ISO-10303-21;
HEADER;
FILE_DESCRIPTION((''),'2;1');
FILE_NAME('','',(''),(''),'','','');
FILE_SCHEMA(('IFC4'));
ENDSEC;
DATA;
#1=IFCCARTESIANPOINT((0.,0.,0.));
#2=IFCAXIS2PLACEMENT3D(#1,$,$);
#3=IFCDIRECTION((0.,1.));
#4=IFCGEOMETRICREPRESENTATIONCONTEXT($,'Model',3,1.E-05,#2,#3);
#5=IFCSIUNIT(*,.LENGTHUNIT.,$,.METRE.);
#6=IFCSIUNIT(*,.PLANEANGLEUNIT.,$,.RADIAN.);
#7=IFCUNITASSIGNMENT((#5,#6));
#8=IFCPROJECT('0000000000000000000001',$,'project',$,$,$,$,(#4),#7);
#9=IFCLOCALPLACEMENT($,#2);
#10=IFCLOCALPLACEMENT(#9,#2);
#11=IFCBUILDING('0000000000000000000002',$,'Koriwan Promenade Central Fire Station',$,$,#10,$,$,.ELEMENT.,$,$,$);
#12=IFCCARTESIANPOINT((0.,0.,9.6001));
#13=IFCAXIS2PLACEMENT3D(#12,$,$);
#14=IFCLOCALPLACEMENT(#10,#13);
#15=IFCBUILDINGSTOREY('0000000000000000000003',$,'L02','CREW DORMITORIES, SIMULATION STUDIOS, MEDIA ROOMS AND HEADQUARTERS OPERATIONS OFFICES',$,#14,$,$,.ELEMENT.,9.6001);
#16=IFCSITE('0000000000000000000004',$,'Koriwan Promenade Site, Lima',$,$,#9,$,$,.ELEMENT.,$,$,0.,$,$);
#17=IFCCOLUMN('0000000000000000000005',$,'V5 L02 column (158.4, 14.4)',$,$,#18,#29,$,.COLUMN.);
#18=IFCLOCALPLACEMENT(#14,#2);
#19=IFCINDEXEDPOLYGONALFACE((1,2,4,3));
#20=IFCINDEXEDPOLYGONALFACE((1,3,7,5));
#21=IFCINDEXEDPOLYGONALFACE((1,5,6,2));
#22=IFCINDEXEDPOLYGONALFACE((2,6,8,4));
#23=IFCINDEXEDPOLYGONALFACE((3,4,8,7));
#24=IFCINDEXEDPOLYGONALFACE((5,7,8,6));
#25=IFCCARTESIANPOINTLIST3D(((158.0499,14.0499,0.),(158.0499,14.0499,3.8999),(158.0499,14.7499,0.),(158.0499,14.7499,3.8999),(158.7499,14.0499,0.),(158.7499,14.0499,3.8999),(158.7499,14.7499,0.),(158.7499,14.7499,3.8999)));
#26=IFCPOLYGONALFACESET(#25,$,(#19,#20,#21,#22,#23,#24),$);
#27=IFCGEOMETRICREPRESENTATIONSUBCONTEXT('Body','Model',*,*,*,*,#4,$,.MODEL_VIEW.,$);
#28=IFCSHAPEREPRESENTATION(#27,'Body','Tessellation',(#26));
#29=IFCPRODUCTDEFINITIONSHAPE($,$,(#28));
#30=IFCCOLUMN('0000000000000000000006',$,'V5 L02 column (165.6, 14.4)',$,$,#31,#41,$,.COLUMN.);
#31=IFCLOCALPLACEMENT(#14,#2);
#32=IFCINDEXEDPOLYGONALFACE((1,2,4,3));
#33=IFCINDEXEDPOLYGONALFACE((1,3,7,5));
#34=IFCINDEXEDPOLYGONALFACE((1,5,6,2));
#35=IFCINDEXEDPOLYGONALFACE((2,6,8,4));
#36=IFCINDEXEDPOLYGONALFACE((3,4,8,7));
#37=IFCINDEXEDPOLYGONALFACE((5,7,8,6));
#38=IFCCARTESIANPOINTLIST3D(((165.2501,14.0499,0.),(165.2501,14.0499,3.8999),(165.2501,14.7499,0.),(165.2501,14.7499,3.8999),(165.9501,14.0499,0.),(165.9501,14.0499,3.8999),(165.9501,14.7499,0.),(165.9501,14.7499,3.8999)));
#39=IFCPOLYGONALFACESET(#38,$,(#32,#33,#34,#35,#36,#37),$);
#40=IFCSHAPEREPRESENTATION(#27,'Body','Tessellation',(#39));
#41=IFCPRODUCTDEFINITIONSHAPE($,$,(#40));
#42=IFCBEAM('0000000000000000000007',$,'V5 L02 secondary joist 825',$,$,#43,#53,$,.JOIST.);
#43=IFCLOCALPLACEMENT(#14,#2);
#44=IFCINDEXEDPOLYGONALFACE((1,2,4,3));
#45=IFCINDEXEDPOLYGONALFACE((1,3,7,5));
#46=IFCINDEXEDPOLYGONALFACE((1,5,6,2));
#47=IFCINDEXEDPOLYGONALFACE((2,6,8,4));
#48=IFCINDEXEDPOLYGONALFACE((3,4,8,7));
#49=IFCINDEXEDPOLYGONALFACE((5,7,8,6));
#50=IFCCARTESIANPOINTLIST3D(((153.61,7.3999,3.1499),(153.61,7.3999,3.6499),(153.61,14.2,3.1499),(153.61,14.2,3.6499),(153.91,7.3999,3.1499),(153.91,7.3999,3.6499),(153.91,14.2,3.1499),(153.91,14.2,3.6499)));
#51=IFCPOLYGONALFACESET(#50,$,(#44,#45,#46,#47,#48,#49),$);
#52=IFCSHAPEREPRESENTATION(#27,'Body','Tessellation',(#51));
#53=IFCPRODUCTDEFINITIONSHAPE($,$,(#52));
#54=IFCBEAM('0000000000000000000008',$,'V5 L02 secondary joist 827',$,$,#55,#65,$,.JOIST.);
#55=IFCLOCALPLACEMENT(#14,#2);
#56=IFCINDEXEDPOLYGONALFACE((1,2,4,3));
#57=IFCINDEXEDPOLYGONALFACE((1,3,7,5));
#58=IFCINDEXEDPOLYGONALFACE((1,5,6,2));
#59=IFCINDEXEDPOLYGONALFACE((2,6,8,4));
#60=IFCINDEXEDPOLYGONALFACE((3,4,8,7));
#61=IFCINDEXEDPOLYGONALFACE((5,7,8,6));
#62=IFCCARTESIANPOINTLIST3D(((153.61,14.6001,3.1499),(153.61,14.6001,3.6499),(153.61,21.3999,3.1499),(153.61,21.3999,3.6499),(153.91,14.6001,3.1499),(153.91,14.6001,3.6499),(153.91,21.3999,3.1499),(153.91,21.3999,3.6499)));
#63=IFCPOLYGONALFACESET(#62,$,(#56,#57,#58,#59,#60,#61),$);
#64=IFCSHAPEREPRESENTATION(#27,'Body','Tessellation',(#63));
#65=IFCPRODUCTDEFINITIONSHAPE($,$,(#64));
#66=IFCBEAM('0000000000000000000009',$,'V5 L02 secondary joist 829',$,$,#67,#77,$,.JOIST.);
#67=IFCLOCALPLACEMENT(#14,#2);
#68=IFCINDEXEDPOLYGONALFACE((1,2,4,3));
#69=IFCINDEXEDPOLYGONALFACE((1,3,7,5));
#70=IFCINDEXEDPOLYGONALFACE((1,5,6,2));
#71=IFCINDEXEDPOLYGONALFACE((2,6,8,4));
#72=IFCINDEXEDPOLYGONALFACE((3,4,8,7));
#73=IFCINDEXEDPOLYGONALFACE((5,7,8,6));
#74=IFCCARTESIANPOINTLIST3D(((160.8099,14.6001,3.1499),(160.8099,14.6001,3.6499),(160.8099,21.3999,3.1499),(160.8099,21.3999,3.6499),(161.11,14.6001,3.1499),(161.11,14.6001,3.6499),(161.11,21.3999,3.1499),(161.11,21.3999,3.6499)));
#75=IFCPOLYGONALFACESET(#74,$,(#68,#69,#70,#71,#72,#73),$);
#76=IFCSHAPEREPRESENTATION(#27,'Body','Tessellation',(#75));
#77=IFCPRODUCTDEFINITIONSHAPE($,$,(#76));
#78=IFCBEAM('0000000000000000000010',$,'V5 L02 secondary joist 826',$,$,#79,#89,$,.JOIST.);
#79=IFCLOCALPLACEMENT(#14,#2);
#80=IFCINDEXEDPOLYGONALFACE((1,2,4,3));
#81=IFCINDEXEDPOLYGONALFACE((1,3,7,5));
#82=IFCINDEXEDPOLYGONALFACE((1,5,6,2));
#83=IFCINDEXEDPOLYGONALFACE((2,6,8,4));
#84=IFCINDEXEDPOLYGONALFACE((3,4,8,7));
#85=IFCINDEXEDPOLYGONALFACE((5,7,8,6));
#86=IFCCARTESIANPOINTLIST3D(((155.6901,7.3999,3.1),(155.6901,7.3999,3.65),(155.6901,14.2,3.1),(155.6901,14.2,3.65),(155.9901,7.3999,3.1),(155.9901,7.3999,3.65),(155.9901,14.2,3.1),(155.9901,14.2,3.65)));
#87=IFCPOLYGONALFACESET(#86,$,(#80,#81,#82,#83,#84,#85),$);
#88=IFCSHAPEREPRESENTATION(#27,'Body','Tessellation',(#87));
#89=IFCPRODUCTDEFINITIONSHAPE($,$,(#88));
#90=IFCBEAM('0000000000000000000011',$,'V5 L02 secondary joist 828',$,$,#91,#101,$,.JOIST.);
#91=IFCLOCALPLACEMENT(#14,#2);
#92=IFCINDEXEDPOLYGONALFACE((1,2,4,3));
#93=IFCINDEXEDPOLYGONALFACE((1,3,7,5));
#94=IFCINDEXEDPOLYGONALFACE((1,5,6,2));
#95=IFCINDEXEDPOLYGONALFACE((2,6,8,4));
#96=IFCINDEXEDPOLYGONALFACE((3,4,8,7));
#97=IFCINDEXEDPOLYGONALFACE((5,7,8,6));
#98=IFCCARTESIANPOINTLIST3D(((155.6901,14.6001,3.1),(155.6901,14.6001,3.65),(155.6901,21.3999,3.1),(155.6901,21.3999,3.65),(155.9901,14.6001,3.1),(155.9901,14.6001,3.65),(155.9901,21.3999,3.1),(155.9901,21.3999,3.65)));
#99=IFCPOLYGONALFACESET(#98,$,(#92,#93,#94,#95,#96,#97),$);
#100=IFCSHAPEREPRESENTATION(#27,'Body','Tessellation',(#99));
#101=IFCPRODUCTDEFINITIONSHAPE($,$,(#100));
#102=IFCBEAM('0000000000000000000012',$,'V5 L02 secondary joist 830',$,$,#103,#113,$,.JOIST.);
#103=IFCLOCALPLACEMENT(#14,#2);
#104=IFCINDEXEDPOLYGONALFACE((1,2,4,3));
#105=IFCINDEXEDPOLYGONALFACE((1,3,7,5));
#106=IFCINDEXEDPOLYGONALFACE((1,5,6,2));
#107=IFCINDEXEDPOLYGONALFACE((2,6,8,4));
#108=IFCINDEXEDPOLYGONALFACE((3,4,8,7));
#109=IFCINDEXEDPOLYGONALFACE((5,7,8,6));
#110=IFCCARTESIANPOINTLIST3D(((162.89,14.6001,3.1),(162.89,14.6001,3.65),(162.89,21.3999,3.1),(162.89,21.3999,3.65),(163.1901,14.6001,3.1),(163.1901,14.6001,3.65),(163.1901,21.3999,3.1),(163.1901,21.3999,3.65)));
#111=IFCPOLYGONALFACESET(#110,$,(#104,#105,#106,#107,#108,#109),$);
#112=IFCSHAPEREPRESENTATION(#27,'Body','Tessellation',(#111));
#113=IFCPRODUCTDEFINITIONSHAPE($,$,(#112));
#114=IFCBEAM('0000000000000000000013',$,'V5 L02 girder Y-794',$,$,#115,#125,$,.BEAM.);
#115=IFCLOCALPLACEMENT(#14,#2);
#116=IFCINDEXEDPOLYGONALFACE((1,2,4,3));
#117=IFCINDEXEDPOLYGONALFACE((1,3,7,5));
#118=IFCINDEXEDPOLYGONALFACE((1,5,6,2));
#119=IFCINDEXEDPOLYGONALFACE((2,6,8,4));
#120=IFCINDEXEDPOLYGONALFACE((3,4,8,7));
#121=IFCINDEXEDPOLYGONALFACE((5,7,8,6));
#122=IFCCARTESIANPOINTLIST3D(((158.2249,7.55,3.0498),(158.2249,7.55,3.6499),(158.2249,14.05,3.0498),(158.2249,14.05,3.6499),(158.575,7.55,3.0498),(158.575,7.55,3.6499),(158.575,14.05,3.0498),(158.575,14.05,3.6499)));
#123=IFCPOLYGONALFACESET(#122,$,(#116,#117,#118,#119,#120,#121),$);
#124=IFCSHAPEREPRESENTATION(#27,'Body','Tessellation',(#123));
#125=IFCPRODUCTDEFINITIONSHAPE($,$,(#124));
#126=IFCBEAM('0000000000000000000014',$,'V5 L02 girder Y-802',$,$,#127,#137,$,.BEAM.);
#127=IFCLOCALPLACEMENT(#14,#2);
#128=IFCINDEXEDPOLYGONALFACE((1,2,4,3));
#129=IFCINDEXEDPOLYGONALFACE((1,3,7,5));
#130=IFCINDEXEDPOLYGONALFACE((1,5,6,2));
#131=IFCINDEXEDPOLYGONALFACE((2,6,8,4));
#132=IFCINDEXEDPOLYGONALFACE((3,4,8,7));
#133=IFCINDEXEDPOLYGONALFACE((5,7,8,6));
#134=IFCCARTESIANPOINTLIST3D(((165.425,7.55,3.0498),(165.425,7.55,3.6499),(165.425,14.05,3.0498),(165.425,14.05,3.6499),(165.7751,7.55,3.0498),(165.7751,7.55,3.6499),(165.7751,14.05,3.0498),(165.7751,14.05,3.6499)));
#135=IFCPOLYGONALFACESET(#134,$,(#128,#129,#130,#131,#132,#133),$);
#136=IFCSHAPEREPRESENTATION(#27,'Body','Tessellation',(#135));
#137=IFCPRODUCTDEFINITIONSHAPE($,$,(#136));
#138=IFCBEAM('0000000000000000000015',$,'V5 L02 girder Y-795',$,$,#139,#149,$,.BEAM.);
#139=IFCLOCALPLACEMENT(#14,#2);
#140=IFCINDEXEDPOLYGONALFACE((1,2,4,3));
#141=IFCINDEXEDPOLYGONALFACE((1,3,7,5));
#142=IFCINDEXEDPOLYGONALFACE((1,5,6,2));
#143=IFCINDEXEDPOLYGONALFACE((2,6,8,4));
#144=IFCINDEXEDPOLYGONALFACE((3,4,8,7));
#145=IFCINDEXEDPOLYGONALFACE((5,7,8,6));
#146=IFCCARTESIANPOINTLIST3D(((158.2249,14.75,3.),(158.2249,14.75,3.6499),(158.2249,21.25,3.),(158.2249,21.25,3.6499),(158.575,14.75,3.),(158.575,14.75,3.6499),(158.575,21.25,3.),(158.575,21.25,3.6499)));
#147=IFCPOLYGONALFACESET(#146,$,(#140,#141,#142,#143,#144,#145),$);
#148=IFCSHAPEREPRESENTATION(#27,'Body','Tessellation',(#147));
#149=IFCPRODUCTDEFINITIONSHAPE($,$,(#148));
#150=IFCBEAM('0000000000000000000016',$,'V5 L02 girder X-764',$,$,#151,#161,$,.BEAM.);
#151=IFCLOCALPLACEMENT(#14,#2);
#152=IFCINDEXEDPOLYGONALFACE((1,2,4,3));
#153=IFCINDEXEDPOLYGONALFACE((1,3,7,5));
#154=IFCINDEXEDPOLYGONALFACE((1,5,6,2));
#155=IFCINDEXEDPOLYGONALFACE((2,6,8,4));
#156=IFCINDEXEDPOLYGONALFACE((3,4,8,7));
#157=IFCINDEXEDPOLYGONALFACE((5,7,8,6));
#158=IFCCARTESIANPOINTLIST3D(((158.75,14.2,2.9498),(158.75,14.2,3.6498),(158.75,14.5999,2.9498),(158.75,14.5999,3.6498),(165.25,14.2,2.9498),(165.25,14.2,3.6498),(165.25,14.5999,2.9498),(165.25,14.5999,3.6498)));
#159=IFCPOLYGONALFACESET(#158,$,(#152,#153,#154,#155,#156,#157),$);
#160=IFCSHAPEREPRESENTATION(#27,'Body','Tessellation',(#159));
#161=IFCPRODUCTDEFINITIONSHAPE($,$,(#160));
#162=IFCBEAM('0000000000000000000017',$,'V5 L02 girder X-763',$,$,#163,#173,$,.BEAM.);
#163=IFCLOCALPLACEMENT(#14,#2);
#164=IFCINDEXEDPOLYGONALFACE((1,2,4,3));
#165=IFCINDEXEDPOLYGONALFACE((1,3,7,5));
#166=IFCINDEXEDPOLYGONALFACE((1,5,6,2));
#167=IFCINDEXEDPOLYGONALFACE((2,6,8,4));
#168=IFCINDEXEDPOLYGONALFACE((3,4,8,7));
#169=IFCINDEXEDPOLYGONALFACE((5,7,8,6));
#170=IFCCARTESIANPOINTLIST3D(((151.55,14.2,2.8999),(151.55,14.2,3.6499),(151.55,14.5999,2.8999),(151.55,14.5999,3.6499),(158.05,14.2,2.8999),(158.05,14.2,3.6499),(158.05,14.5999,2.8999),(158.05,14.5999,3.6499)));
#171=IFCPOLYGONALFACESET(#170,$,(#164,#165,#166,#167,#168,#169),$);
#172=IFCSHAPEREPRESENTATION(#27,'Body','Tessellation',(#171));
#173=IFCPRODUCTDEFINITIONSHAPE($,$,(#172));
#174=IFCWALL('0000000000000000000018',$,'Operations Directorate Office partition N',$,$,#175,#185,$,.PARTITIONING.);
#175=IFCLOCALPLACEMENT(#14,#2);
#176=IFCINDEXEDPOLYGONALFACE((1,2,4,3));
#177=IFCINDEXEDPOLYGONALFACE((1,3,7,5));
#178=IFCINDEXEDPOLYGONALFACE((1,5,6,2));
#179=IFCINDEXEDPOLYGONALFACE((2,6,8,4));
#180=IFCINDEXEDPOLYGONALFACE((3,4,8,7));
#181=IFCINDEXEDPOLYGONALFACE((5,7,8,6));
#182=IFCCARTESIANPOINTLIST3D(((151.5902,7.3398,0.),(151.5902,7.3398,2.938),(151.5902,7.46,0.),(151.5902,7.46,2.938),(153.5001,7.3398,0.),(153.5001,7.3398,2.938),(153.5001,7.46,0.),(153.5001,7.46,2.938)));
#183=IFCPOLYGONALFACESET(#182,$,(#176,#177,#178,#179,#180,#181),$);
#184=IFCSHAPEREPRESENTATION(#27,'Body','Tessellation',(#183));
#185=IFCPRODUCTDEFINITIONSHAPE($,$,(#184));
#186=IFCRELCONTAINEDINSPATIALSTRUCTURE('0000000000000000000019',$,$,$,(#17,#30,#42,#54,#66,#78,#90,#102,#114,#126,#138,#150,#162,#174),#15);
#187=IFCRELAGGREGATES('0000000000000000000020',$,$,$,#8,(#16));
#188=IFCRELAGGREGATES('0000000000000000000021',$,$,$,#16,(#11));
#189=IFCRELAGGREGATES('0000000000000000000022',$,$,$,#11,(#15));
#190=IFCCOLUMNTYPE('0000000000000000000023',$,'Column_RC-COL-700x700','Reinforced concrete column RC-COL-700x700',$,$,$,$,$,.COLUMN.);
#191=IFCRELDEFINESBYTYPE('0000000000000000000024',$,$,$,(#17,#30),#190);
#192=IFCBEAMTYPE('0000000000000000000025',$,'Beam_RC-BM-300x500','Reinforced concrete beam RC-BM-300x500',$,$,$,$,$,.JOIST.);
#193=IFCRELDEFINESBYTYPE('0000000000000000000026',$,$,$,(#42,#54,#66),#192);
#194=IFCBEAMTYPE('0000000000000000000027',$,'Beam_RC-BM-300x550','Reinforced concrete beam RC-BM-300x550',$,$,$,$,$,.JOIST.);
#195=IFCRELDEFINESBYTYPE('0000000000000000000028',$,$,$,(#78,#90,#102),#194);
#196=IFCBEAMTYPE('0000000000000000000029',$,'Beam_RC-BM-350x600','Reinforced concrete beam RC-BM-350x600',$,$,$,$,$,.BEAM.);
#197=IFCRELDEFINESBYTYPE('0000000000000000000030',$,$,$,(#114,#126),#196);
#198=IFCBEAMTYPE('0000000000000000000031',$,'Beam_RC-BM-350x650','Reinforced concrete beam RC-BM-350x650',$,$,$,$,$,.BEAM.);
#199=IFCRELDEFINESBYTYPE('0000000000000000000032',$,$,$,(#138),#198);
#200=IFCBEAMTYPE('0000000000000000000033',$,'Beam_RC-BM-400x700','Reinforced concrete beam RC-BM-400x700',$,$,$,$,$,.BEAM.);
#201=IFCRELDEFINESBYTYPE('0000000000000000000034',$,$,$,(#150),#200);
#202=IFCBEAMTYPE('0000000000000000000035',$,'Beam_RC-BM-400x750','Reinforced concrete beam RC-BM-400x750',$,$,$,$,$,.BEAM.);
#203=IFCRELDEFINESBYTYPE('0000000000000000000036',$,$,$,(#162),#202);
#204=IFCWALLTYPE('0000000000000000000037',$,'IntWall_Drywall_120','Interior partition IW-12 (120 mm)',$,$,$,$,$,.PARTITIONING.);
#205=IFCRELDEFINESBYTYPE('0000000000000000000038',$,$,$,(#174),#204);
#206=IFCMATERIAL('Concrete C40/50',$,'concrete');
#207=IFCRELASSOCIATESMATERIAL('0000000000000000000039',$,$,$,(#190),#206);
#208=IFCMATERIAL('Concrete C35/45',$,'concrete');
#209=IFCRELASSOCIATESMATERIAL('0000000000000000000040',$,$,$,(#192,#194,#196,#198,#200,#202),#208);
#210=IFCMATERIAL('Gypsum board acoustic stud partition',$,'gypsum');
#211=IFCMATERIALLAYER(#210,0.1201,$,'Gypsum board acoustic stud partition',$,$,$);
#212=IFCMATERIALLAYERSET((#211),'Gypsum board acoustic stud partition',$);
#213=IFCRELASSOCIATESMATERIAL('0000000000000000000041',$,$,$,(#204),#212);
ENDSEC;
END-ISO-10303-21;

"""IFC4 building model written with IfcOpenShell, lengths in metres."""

from ifc_helpers import new_model, si_unit, direction, frame, frame_2d, origin, origin_2d, place, context, subcontext, project, spatial, rectangle, extrude, material, layer, layer_set, material_profile, profile_set, type_object, element, save


model = new_model("IFC4")

# Units and contexts
model_context = context("Model", 3, precision=1e-05, world=origin(), true_north=direction((0.0, 1.0)))
body_context = subcontext(model_context, "Body", "Model", "MODEL_VIEW")
ifc_project = project(units=[si_unit("LENGTHUNIT", "METRE"), si_unit("PLANEANGLEUNIT", "RADIAN")], contexts=[model_context])

# Site, building, storey
site_placement = place(None, origin())
site = spatial("IfcSite", under=ifc_project, at=site_placement, Name="Koriwan Promenade Site, Lima", CompositionType="ELEMENT", RefElevation=0.0)
building_placement = place(site_placement, origin())
building = spatial("IfcBuilding", under=site, at=building_placement, Name="Koriwan Promenade Central Fire Station", CompositionType="ELEMENT")
storey_placement = place(building_placement, frame((0.0, 0.0, 9.6001)))
storey = spatial("IfcBuildingStorey", under=building, at=storey_placement, Name="L02", Description="CREW DORMITORIES, SIMULATION STUDIOS, MEDIA ROOMS AND HEADQUARTERS OPERATIONS OFFICES", CompositionType="ELEMENT", Elevation=9.6001)

# Columns
ifc_material_1 = material(Name="Concrete C40/50", Category="concrete")
ifc_material_profile_1 = material_profile(ifc_material_1, rectangle(XDim=0.7, YDim=0.7, at=origin_2d()), Name="RC-COL-700x700")
ifc_profile_set_1 = profile_set([ifc_material_profile_1], Name="Concrete C40/50")
column_type = type_object("IfcColumnType", Name="Column_RC-COL-700x700", Description="Reinforced concrete column RC-COL-700x700", PredefinedType="COLUMN", material=ifc_profile_set_1)
for number, where, z_axis, x_axis, name in (
    (1, (158.3999, 14.3999, 0.0), (0.0, 0.0, 1.0), (1.0, 0.0, 0.0), "V5 L02 column (158.4, 14.4)"),
    (2, (165.6001, 14.3999, 0.0), (0.0, 0.0, 1.0), (1.0, 0.0, 0.0), "V5 L02 column (165.6, 14.4)"),
):
    element("IfcColumn", number, at=place(storey_placement, frame(where, z_axis=z_axis, x_axis=x_axis)), inside=storey, type_object=column_type, Name=name, PredefinedType="COLUMN", context=body_context, shape_type="SweptSolid", body=[
        extrude(rectangle(XDim=0.7, YDim=0.7, at=origin_2d()), origin(), (0.0, 0.0, 1.0), 3.8999),
    ])

# Beams
ifc_material_2 = material(Name="Concrete C35/45", Category="concrete")
ifc_material_profile_2 = material_profile(ifc_material_2, rectangle(XDim=0.3, YDim=0.5, at=origin_2d()), Name="RC-BM-300x500")
ifc_profile_set_2 = profile_set([ifc_material_profile_2], Name="Concrete C35/45")
beam_type_1 = type_object("IfcBeamType", Name="Beam_RC-BM-300x500", Description="Reinforced concrete beam RC-BM-300x500", PredefinedType="JOIST", material=ifc_profile_set_2)
beam_1_placement = place(storey_placement, frame((153.76, 7.3999, 3.3999), z_axis=(0.0, 1.0, 0.0), x_axis=(-1.0, 0.0, 0.0)))
element("IfcBeam", 3, at=beam_1_placement, inside=storey, type_object=beam_type_1, Name="V5 L02 secondary joist 825", PredefinedType="JOIST", context=body_context, shape_type="SweptSolid", body=[
    extrude(rectangle(XDim=0.3, YDim=0.5, at=origin_2d()), origin(), (0.0, 0.0, 1.0), 6.8),
])
for number, where, z_axis, x_axis, name in (
    (4, (153.76, 14.6001, 3.3999), (0.0, 1.0, 0.0), (-1.0, 0.0, 0.0), "V5 L02 secondary joist 827"),
    (5, (160.96, 14.6001, 3.3999), (0.0, 1.0, 0.0), (-1.0, 0.0, 0.0), "V5 L02 secondary joist 829"),
):
    element("IfcBeam", number, at=place(storey_placement, frame(where, z_axis=z_axis, x_axis=x_axis)), inside=storey, type_object=beam_type_1, Name=name, PredefinedType="JOIST", context=body_context, shape_type="SweptSolid", body=[
        extrude(rectangle(XDim=0.3, YDim=0.5, at=origin_2d()), origin(), (0.0, 0.0, 1.0), 6.7998),
    ])
ifc_material_profile_3 = material_profile(ifc_material_2, rectangle(XDim=0.3, YDim=0.55, at=origin_2d()), Name="RC-BM-300x550")
ifc_profile_set_3 = profile_set([ifc_material_profile_3], Name="Concrete C35/45")
beam_type_2 = type_object("IfcBeamType", Name="Beam_RC-BM-300x550", Description="Reinforced concrete beam RC-BM-300x550", PredefinedType="JOIST", material=ifc_profile_set_3)
beam_2_placement = place(storey_placement, frame((155.8401, 7.3999, 3.375), z_axis=(0.0, 1.0, 0.0), x_axis=(-1.0, 0.0, 0.0)))
element("IfcBeam", 6, at=beam_2_placement, inside=storey, type_object=beam_type_2, Name="V5 L02 secondary joist 826", PredefinedType="JOIST", context=body_context, shape_type="SweptSolid", body=[
    extrude(rectangle(XDim=0.3, YDim=0.55, at=origin_2d()), origin(), (0.0, 0.0, 1.0), 6.8),
])
for number, where, z_axis, x_axis, name in (
    (7, (155.8401, 14.6001, 3.375), (0.0, 1.0, 0.0), (-1.0, 0.0, 0.0), "V5 L02 secondary joist 828"),
    (8, (163.04, 14.6001, 3.375), (0.0, 1.0, 0.0), (-1.0, 0.0, 0.0), "V5 L02 secondary joist 830"),
):
    element("IfcBeam", number, at=place(storey_placement, frame(where, z_axis=z_axis, x_axis=x_axis)), inside=storey, type_object=beam_type_2, Name=name, PredefinedType="JOIST", context=body_context, shape_type="SweptSolid", body=[
        extrude(rectangle(XDim=0.3, YDim=0.55, at=origin_2d()), origin(), (0.0, 0.0, 1.0), 6.7998),
    ])
ifc_material_profile_4 = material_profile(ifc_material_2, rectangle(XDim=0.3501, YDim=0.6001, at=origin_2d()), Name="RC-BM-350x600")
ifc_profile_set_4 = profile_set([ifc_material_profile_4], Name="Concrete C35/45")
beam_type_3 = type_object("IfcBeamType", Name="Beam_RC-BM-350x600", Description="Reinforced concrete beam RC-BM-350x600", PredefinedType="BEAM", material=ifc_profile_set_4)
for number, where, z_axis, x_axis, name in (
    (9, (158.3999, 7.55, 3.3499), (0.0, 1.0, 0.0), (-1.0, 0.0, 0.0), "V5 L02 girder Y-794"),
    (10, (165.6001, 7.55, 3.3499), (0.0, 1.0, 0.0), (-1.0, 0.0, 0.0), "V5 L02 girder Y-802"),
):
    element("IfcBeam", number, at=place(storey_placement, frame(where, z_axis=z_axis, x_axis=x_axis)), inside=storey, type_object=beam_type_3, Name=name, PredefinedType="BEAM", context=body_context, shape_type="SweptSolid", body=[
        extrude(rectangle(XDim=0.3501, YDim=0.6001, at=origin_2d()), origin(), (0.0, 0.0, 1.0), 6.5),
    ])
ifc_material_profile_5 = material_profile(ifc_material_2, rectangle(XDim=0.3501, YDim=0.6499, at=origin_2d()), Name="RC-BM-350x650")
ifc_profile_set_5 = profile_set([ifc_material_profile_5], Name="Concrete C35/45")
beam_type_4 = type_object("IfcBeamType", Name="Beam_RC-BM-350x650", Description="Reinforced concrete beam RC-BM-350x650", PredefinedType="BEAM", material=ifc_profile_set_5)
beam_3_placement = place(storey_placement, frame((158.3999, 14.75, 3.325), z_axis=(0.0, 1.0, 0.0), x_axis=(-1.0, 0.0, 0.0)))
element("IfcBeam", 11, at=beam_3_placement, inside=storey, type_object=beam_type_4, Name="V5 L02 girder Y-795", PredefinedType="BEAM", context=body_context, shape_type="SweptSolid", body=[
    extrude(rectangle(XDim=0.3501, YDim=0.6499, at=origin_2d()), origin(), (0.0, 0.0, 1.0), 6.5),
])
ifc_material_profile_6 = material_profile(ifc_material_2, rectangle(XDim=0.3999, YDim=0.7, at=origin_2d()), Name="RC-BM-400x700")
ifc_profile_set_6 = profile_set([ifc_material_profile_6], Name="Concrete C35/45")
beam_type_5 = type_object("IfcBeamType", Name="Beam_RC-BM-400x700", Description="Reinforced concrete beam RC-BM-400x700", PredefinedType="BEAM", material=ifc_profile_set_6)
beam_4_placement = place(storey_placement, frame((158.75, 14.3999, 3.2998), z_axis=(1.0, 0.0, 0.0), x_axis=(0.0, 1.0, 0.0)))
element("IfcBeam", 12, at=beam_4_placement, inside=storey, type_object=beam_type_5, Name="V5 L02 girder X-764", PredefinedType="BEAM", context=body_context, shape_type="SweptSolid", body=[
    extrude(rectangle(XDim=0.3999, YDim=0.7, at=origin_2d()), origin(), (0.0, 0.0, 1.0), 6.5),
])
ifc_material_profile_7 = material_profile(ifc_material_2, rectangle(XDim=0.3999, YDim=0.75, at=origin_2d()), Name="RC-BM-400x750")
ifc_profile_set_7 = profile_set([ifc_material_profile_7], Name="Concrete C35/45")
beam_type_6 = type_object("IfcBeamType", Name="Beam_RC-BM-400x750", Description="Reinforced concrete beam RC-BM-400x750", PredefinedType="BEAM", material=ifc_profile_set_7)
beam_5_placement = place(storey_placement, frame((151.55, 14.3999, 3.2749), z_axis=(1.0, 0.0, 0.0), x_axis=(0.0, 1.0, 0.0)))
element("IfcBeam", 13, at=beam_5_placement, inside=storey, type_object=beam_type_6, Name="V5 L02 girder X-763", PredefinedType="BEAM", context=body_context, shape_type="SweptSolid", body=[
    extrude(rectangle(XDim=0.3999, YDim=0.75, at=origin_2d()), origin(), (0.0, 0.0, 1.0), 6.5),
])

# Wall
ifc_material_3 = material(Name="Gypsum board acoustic stud partition", Category="gypsum")
ifc_layer_1 = layer(ifc_material_3, 0.1201, Name="Gypsum board acoustic stud partition")
ifc_layer_set_1 = layer_set([ifc_layer_1], Name="Gypsum board acoustic stud partition")
wall_type_1 = type_object("IfcWallType", Name="IntWall_Drywall_120", Description="Interior partition IW-12 (120 mm)", PredefinedType="PARTITIONING", material=ifc_layer_set_1)
wall_1_placement = place(storey_placement, frame((151.5901, 7.3999, 0.0), z_axis=(0.0, 0.0, 1.0), x_axis=(1.0, 0.0, 0.0)))
element("IfcWall", 14, at=wall_1_placement, inside=storey, type_object=wall_type_1, Name="Operations Directorate Office partition N", PredefinedType="PARTITIONING", context=body_context, shape_type="SweptSolid", body=[
    extrude(rectangle(XDim=1.9099, YDim=0.1201, at=frame_2d((0.9551, 0.0))), origin(), (0.0, 0.0, 1.0), 2.938),
])

save(model, "model.ifc")
